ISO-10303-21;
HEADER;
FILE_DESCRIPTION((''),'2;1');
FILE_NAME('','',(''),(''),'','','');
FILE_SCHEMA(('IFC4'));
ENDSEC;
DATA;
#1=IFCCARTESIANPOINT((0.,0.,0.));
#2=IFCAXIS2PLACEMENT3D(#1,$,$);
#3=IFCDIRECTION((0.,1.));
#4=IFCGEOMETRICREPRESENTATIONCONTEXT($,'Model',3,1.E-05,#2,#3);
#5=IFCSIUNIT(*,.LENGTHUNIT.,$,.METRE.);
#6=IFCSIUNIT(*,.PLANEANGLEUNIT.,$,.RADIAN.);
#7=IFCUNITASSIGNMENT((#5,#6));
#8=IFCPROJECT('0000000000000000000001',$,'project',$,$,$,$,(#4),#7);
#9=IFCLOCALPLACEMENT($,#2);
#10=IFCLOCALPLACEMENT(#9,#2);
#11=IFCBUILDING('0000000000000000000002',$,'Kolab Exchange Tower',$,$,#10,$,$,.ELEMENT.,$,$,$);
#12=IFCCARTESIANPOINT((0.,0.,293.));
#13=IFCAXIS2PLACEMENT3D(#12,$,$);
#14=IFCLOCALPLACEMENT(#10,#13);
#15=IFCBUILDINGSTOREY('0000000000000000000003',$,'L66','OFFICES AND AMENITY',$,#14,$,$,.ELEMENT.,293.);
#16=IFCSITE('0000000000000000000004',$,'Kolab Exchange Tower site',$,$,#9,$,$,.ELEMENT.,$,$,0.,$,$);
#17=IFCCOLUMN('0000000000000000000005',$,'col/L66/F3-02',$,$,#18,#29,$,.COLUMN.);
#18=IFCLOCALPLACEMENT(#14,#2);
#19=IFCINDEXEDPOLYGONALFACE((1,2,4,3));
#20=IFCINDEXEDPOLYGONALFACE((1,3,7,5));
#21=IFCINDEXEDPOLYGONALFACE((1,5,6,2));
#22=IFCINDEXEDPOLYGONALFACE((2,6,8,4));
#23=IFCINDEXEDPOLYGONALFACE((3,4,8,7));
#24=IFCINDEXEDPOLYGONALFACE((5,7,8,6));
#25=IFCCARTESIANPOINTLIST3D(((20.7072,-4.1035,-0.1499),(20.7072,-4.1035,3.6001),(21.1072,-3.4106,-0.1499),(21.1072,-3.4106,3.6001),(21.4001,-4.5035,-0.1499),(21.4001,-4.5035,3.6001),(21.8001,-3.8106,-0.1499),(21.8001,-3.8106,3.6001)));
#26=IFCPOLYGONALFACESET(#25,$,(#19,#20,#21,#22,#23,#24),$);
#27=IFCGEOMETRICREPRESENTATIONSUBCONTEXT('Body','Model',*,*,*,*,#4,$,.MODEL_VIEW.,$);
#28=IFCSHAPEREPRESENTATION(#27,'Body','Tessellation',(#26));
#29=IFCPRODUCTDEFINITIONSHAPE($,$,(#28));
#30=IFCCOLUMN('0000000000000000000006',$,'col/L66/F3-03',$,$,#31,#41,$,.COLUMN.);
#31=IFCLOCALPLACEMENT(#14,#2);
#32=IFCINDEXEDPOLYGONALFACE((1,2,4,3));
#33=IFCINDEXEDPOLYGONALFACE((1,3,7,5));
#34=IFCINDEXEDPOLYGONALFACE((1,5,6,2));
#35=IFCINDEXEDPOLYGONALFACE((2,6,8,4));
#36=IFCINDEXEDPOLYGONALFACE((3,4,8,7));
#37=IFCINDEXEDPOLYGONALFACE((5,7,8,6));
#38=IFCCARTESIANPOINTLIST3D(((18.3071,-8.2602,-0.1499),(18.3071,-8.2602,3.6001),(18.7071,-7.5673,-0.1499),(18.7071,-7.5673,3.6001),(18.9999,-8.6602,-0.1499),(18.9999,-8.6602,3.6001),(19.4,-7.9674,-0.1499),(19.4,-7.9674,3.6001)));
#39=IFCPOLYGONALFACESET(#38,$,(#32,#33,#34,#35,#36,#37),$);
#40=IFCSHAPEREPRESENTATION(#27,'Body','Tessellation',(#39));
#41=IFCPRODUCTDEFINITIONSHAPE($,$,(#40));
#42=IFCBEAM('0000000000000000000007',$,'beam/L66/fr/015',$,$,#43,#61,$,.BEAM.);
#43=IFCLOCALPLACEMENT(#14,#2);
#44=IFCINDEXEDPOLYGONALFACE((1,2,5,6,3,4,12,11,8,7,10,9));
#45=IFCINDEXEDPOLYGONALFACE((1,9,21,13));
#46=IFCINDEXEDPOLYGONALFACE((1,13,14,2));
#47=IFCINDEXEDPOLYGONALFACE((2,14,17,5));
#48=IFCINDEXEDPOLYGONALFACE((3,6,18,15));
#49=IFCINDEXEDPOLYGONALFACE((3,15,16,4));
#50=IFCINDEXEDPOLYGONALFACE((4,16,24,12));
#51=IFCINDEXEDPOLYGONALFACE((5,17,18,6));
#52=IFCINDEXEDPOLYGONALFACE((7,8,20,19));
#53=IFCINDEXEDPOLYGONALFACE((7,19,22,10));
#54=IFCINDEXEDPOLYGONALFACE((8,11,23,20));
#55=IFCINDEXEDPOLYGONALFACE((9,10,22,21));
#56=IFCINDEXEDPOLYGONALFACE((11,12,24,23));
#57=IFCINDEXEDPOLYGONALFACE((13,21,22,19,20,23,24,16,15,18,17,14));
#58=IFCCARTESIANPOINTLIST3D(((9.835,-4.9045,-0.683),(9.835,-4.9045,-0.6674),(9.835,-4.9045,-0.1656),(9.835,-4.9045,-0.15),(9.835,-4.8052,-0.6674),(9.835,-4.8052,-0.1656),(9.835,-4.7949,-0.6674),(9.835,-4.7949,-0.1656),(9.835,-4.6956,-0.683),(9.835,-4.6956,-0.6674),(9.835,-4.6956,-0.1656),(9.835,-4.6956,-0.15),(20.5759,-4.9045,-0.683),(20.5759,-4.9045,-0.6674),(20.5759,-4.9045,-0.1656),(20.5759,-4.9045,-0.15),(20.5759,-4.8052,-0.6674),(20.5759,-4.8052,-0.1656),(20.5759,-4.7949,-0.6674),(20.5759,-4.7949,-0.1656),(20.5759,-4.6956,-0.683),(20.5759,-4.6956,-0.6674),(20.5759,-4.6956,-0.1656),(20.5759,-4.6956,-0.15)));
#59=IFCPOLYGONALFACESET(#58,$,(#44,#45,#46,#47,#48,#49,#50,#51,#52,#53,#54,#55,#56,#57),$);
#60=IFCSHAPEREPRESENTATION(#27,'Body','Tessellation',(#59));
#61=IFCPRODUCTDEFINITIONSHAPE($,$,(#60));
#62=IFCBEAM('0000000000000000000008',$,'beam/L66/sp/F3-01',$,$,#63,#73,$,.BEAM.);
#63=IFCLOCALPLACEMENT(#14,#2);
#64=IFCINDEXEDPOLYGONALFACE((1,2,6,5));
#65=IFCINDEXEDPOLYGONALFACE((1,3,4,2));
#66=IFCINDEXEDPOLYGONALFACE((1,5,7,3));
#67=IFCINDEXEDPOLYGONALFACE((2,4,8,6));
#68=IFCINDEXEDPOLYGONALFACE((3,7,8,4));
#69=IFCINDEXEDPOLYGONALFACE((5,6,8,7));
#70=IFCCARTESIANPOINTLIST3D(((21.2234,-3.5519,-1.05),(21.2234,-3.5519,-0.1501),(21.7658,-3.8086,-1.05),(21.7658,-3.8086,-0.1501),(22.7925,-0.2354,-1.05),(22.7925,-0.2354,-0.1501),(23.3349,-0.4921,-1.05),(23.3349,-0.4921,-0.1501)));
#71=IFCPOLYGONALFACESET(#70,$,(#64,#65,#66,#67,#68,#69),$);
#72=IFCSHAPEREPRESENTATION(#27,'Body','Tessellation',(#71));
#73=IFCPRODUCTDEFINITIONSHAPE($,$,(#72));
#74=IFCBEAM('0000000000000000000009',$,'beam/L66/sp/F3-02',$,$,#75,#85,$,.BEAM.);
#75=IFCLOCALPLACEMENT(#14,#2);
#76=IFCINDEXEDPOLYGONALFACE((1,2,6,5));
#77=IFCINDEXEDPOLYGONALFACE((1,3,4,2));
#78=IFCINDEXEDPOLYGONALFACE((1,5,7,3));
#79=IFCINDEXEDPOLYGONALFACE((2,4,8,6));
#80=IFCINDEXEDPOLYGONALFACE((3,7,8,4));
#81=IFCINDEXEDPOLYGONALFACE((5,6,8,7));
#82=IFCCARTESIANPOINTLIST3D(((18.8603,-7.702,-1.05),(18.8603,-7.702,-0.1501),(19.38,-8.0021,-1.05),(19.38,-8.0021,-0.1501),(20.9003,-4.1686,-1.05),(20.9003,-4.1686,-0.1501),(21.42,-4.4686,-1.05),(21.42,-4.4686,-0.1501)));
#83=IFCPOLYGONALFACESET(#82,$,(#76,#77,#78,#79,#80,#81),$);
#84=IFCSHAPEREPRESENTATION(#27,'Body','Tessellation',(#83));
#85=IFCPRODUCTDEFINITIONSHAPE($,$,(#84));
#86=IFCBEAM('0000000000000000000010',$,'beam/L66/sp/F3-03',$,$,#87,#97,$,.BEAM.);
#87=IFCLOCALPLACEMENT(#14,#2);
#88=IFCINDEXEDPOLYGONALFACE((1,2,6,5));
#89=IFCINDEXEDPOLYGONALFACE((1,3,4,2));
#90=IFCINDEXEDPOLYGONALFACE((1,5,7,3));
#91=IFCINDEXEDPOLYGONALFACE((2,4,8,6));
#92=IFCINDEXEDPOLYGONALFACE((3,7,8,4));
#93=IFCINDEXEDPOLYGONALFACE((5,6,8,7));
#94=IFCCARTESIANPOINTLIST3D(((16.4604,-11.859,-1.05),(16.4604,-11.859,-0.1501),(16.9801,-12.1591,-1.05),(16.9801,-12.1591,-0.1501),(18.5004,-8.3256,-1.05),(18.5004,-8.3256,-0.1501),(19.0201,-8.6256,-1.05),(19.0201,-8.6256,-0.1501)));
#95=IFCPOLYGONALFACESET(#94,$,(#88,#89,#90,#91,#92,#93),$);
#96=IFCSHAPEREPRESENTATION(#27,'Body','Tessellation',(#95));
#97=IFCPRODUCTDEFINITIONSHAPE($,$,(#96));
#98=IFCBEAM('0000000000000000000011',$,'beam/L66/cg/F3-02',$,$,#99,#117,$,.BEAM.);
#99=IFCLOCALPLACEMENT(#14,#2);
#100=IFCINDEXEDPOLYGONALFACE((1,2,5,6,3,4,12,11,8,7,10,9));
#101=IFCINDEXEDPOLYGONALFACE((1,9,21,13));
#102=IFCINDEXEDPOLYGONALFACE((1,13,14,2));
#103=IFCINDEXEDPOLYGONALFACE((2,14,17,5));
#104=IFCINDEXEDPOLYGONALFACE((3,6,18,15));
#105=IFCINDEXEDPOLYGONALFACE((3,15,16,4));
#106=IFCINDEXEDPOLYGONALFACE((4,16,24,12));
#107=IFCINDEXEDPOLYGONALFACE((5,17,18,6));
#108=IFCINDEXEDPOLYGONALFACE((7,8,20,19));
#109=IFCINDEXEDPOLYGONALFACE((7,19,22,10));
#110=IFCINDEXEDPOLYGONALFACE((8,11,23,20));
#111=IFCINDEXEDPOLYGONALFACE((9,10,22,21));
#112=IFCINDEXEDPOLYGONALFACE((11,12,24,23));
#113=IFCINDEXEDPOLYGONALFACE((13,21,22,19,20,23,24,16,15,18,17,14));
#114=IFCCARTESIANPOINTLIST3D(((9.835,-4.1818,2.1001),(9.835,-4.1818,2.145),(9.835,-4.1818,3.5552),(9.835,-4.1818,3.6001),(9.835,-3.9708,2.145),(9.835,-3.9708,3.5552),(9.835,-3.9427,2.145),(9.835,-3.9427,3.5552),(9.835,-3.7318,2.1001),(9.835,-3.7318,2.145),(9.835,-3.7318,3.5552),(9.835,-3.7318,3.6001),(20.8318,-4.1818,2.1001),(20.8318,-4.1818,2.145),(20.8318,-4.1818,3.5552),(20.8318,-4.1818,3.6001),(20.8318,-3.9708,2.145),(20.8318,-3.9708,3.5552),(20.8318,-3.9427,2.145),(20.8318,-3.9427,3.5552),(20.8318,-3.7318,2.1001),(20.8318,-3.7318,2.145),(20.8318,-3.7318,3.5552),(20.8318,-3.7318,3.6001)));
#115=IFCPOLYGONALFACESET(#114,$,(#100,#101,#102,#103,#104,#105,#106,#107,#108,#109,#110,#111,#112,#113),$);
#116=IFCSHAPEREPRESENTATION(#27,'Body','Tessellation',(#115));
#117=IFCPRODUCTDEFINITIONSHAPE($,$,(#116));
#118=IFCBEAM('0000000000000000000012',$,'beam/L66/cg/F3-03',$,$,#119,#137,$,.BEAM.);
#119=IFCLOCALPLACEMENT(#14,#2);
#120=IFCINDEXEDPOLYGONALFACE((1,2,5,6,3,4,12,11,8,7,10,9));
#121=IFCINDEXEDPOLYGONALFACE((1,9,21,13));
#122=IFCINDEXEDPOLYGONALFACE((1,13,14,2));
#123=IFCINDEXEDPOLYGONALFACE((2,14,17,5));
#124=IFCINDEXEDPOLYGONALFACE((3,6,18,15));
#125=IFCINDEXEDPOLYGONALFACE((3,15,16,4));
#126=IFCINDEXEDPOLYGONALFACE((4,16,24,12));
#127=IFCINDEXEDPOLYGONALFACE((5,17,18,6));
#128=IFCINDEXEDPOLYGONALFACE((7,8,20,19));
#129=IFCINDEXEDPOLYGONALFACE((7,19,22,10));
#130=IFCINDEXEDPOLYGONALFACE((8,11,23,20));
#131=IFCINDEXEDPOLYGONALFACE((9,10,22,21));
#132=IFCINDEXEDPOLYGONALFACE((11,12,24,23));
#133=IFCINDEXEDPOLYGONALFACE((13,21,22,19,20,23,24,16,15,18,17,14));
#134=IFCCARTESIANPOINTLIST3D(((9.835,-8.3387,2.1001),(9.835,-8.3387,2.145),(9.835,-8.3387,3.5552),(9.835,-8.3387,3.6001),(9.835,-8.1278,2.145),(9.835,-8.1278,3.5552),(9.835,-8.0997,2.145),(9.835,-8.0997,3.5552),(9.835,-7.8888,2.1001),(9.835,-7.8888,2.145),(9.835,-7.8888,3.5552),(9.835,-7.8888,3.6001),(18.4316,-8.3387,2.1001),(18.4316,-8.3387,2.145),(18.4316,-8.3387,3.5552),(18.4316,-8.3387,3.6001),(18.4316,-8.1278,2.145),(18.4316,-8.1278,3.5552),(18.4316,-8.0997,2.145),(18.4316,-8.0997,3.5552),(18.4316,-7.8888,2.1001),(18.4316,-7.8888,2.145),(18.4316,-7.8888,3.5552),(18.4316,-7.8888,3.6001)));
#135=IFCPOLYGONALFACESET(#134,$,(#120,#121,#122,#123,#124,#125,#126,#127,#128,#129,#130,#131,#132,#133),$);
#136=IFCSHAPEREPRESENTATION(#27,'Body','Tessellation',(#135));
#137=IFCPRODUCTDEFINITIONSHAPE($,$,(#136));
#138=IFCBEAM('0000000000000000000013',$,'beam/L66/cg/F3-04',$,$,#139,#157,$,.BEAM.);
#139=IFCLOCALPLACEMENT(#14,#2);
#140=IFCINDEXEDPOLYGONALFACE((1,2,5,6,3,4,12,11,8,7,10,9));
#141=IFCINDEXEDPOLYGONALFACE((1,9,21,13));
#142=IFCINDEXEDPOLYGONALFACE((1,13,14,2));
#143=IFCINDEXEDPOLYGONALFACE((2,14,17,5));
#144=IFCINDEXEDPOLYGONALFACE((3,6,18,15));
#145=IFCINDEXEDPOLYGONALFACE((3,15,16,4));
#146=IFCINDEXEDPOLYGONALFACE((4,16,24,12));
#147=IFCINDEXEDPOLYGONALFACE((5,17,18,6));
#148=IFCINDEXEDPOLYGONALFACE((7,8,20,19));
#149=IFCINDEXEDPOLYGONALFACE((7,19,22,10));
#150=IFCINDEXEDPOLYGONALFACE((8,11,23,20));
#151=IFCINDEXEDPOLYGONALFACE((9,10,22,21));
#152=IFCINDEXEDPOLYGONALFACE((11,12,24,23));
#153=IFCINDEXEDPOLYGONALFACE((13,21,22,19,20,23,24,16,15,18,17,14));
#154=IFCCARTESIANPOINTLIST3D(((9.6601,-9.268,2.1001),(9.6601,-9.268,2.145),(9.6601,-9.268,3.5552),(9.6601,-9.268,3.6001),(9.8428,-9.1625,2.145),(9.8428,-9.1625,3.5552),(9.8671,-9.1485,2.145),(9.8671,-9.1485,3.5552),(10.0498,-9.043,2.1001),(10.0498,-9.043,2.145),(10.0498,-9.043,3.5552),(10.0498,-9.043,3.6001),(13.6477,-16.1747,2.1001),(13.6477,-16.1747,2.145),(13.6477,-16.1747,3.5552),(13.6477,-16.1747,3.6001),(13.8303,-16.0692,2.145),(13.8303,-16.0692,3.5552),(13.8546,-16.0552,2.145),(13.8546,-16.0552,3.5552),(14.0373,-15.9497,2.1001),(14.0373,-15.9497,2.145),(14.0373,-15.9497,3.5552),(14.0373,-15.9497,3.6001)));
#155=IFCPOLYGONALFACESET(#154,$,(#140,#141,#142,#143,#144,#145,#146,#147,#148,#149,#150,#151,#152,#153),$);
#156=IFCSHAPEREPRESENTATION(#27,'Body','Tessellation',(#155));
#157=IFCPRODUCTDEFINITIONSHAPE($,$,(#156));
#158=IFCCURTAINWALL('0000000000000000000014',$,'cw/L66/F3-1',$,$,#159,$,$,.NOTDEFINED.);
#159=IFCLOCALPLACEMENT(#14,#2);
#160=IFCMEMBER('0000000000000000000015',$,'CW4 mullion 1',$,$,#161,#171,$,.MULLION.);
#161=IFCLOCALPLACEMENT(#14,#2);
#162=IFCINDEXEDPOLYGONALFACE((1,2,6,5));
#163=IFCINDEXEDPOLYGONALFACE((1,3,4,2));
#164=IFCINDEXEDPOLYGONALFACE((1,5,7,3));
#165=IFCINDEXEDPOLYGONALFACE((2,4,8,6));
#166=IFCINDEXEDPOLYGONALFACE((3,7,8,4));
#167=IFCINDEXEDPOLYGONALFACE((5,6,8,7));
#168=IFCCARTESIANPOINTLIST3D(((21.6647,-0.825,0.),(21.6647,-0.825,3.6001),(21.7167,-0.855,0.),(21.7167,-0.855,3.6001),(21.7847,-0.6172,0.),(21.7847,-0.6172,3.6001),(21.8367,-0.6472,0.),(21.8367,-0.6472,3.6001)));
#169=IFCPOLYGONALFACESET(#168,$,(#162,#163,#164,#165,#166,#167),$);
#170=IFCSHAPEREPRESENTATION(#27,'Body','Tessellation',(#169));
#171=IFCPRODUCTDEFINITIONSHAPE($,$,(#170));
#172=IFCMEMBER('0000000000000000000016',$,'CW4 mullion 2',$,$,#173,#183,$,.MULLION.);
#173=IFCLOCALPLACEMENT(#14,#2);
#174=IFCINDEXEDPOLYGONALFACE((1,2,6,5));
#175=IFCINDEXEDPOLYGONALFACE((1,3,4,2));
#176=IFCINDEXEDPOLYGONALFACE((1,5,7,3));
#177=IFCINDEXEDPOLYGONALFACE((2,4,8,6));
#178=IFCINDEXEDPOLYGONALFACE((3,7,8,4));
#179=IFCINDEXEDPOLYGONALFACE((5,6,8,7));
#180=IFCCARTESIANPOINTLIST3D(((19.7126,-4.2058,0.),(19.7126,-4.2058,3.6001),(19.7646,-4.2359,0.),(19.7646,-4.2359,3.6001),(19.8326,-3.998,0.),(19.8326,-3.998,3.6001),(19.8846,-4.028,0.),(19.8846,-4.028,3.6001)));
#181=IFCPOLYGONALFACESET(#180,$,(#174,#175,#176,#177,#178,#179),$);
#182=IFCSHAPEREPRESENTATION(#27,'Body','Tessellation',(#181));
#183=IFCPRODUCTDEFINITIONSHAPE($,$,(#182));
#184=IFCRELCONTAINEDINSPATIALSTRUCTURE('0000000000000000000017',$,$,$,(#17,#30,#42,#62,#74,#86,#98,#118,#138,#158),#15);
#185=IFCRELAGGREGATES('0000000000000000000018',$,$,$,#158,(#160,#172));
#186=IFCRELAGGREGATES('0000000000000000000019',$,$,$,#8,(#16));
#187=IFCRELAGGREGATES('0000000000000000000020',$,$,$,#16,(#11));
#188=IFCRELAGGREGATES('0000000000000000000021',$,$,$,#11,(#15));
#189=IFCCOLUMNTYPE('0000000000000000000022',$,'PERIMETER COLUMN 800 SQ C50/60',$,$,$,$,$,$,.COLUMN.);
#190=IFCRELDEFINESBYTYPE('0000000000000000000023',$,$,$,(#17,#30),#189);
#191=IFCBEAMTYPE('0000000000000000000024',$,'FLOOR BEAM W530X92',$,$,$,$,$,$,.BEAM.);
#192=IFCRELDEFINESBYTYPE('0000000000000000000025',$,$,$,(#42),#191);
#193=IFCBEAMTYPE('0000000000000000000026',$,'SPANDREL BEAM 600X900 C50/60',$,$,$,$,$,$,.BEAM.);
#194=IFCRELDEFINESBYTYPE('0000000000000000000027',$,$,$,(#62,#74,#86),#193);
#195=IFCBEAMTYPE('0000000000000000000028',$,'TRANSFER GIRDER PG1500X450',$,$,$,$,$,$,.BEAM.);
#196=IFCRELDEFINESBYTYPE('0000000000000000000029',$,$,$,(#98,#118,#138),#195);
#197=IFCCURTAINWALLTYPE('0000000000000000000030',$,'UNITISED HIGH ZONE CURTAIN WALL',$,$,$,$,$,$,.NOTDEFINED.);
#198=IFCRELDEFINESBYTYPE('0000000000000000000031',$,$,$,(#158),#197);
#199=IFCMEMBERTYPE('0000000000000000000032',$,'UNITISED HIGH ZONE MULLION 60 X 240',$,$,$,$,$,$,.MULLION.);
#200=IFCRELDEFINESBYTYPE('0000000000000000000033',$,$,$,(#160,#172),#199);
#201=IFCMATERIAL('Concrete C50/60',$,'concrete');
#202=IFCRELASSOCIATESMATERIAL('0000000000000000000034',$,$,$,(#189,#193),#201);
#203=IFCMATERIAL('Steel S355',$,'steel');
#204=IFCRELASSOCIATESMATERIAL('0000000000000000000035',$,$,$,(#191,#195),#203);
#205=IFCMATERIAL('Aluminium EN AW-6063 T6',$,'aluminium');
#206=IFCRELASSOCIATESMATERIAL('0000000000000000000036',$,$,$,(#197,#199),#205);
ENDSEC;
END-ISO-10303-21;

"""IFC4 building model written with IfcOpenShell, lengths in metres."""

from ifc_helpers import new_model, si_unit, direction, frame, origin, origin_2d, place, context, subcontext, project, spatial, rectangle, i_section, extrude, material, material_profile, profile_set, type_object, element, aggregate, save


model = new_model("IFC4")

# Units and contexts
model_context = context("Model", 3, precision=1e-05, world=origin(), true_north=direction((0.0, 1.0)))
body_context = subcontext(model_context, "Body", "Model", "MODEL_VIEW")
ifc_project = project(units=[si_unit("LENGTHUNIT", "METRE"), si_unit("PLANEANGLEUNIT", "RADIAN")], contexts=[model_context])

# Site, building, storey
site_placement = place(None, origin())
site = spatial("IfcSite", under=ifc_project, at=site_placement, Name="Kolab Exchange Tower site", CompositionType="ELEMENT", RefElevation=0.0)
building_placement = place(site_placement, origin())
building = spatial("IfcBuilding", under=site, at=building_placement, Name="Kolab Exchange Tower", CompositionType="ELEMENT")
storey_placement = place(building_placement, frame((0.0, 0.0, 293.0)))
storey = spatial("IfcBuildingStorey", under=building, at=storey_placement, Name="L66", Description="OFFICES AND AMENITY", CompositionType="ELEMENT", Elevation=293.0)

# Columns
ifc_material_1 = material(Name="Concrete C50/60", Category="concrete")
ifc_material_profile_1 = material_profile(ifc_material_1, rectangle(XDim=0.8, YDim=0.8, at=origin_2d()), Name="RC800")
ifc_profile_set_1 = profile_set([ifc_material_profile_1], Name="Concrete C50/60")
column_type = type_object("IfcColumnType", Name="PERIMETER COLUMN 800 SQ C50/60", PredefinedType="COLUMN", material=ifc_profile_set_1)
for number, where, z_axis, x_axis, name in (
    (1, (21.2537, -3.957, -0.1499), (0.0, 0.0, 1.0), (0.5, 0.866025, 0.0), "col/L66/F3-02"),
    (2, (18.8535, -8.1138, -0.1499), (0.0, 0.0, 1.0), (0.5, 0.866025, 0.0), "col/L66/F3-03"),
):
    element("IfcColumn", number, at=place(storey_placement, frame(where, z_axis=z_axis, x_axis=x_axis)), inside=storey, type_object=column_type, Name=name, PredefinedType="COLUMN", context=body_context, shape_type="SweptSolid", body=[
        extrude(rectangle(XDim=0.8, YDim=0.8, at=origin_2d()), origin(), (0.0, 0.0, 1.0), 3.75),
    ])

# Beams
ifc_material_2 = material(Name="Steel S355", Category="steel")
ifc_material_profile_2 = material_profile(ifc_material_2, i_section(OverallWidth=0.209, OverallDepth=0.533, WebThickness=0.0103, FlangeThickness=0.0156, at=origin_2d()), Name="W530X92")
ifc_profile_set_2 = profile_set([ifc_material_profile_2], Name="Steel S355")
beam_type_1 = type_object("IfcBeamType", Name="FLOOR BEAM W530X92", PredefinedType="BEAM", material=ifc_profile_set_2)
beam_1_placement = place(storey_placement, frame((9.835, -4.8, -0.4165), z_axis=(1.0, 0.0, 0.0), x_axis=(0.0, 1.0, 0.0)))
element("IfcBeam", 3, at=beam_1_placement, inside=storey, type_object=beam_type_1, Name="beam/L66/fr/015", PredefinedType="BEAM", context=body_context, shape_type="SweptSolid", body=[
    extrude(i_section(OverallWidth=0.209, OverallDepth=0.533, WebThickness=0.0103, FlangeThickness=0.0156, at=origin_2d()), origin(), (0.0, 0.0, 1.0), 10.741),
])
ifc_material_profile_3 = material_profile(ifc_material_1, rectangle(XDim=0.6001, YDim=0.8999, at=origin_2d()), Name="RC600X900")
ifc_profile_set_3 = profile_set([ifc_material_profile_3], Name="Concrete C50/60")
beam_type_2 = type_object("IfcBeamType", Name="SPANDREL BEAM 600X900 C50/60", PredefinedType="BEAM", material=ifc_profile_set_3)
beam_2_placement = place(storey_placement, frame((23.0637, -0.3638, -0.6001), z_axis=(-0.427677, -0.903932, 0.0), x_axis=(0.903932, -0.427677, 0.0)))
element("IfcBeam", 4, at=beam_2_placement, inside=storey, type_object=beam_type_2, Name="beam/L66/sp/F3-01", PredefinedType="BEAM", context=body_context, shape_type="SweptSolid", body=[
    extrude(rectangle(XDim=0.6001, YDim=0.8999, at=origin_2d()), origin(), (0.0, 0.0, 1.0), 3.6689),
])
for number, where, z_axis, x_axis, name in (
    (5, (21.1602, -4.3186, -0.6001), (-0.5, -0.866025, 0.0), (0.866025, -0.5, 0.0), "beam/L66/sp/F3-02"),
    (6, (18.7603, -8.4756, -0.6001), (-0.5, -0.866025, 0.0), (0.866025, -0.5, 0.0), "beam/L66/sp/F3-03"),
):
    element("IfcBeam", number, at=place(storey_placement, frame(where, z_axis=z_axis, x_axis=x_axis)), inside=storey, type_object=beam_type_2, Name=name, PredefinedType="BEAM", context=body_context, shape_type="SweptSolid", body=[
        extrude(rectangle(XDim=0.6001, YDim=0.8999, at=origin_2d()), origin(), (0.0, 0.0, 1.0), 4.0801),
    ])
ifc_material_profile_4 = material_profile(ifc_material_2, i_section(OverallWidth=0.45, OverallDepth=1.5, WebThickness=0.0281, FlangeThickness=0.0449, at=origin_2d()), Name="PG1500X450")
ifc_profile_set_4 = profile_set([ifc_material_profile_4], Name="Steel S355")
beam_type_3 = type_object("IfcBeamType", Name="TRANSFER GIRDER PG1500X450", PredefinedType="BEAM", material=ifc_profile_set_4)
beam_3_placement = place(storey_placement, frame((9.835, -3.9568, 2.8501), z_axis=(1.0, 0.0, 0.0), x_axis=(0.0, 1.0, 0.0)))
element("IfcBeam", 7, at=beam_3_placement, inside=storey, type_object=beam_type_3, Name="beam/L66/cg/F3-02", PredefinedType="BEAM", context=body_context, shape_type="SweptSolid", body=[
    extrude(i_section(OverallWidth=0.45, OverallDepth=1.5, WebThickness=0.0281, FlangeThickness=0.0449, at=origin_2d()), origin(), (0.0, 0.0, 1.0), 10.9968),
])
beam_4_placement = place(storey_placement, frame((9.835, -8.1138, 2.8501), z_axis=(1.0, 0.0, 0.0), x_axis=(0.0, 1.0, 0.0)))
element("IfcBeam", 8, at=beam_4_placement, inside=storey, type_object=beam_type_3, Name="beam/L66/cg/F3-03", PredefinedType="BEAM", context=body_context, shape_type="SweptSolid", body=[
    extrude(i_section(OverallWidth=0.45, OverallDepth=1.5, WebThickness=0.0281, FlangeThickness=0.0449, at=origin_2d()), origin(), (0.0, 0.0, 1.0), 8.5967),
])
beam_5_placement = place(storey_placement, frame((9.855, -9.1555, 2.8501), z_axis=(0.499995, -0.866029, 0.0), x_axis=(0.866029, 0.499995, 0.0)))
element("IfcBeam", 9, at=beam_5_placement, inside=storey, type_object=beam_type_3, Name="beam/L66/cg/F3-04", PredefinedType="BEAM", context=body_context, shape_type="SweptSolid", body=[
    extrude(i_section(OverallWidth=0.45, OverallDepth=1.5, WebThickness=0.0281, FlangeThickness=0.0449, at=origin_2d()), origin(), (0.0, 0.0, 1.0), 7.9751),
])

# Curtain wall, members
ifc_material_3 = material(Name="Aluminium EN AW-6063 T6", Category="aluminium")
curtain_wall_type = type_object("IfcCurtainWallType", Name="UNITISED HIGH ZONE CURTAIN WALL", PredefinedType="NOTDEFINED", material=ifc_material_3)
curtain_wall_1_placement = place(storey_placement, origin())
curtain_wall_1 = element("IfcCurtainWall", 10, at=curtain_wall_1_placement, inside=storey, type_object=curtain_wall_type, Name="cw/L66/F3-1", PredefinedType="NOTDEFINED")
ifc_material_profile_5 = material_profile(ifc_material_3, rectangle(XDim=0.0601, YDim=0.24, at=origin_2d()), Name="RECT 60X240")
ifc_profile_set_5 = profile_set([ifc_material_profile_5], Name="Aluminium EN AW-6063 T6")
member_type_1 = type_object("IfcMemberType", Name="UNITISED HIGH ZONE MULLION 60 X 240", PredefinedType="MULLION", material=ifc_profile_set_5)
member_1_placement = place(storey_placement, frame((21.7507, -0.7361, 0.0), z_axis=(0.0, 0.0, 1.0), x_axis=(0.866025, -0.5, 0.0)))
member_1 = element("IfcMember", 11, at=member_1_placement, type_object=member_type_1, Name="CW4 mullion 1", PredefinedType="MULLION", context=body_context, shape_type="SweptSolid", body=[
    extrude(rectangle(XDim=0.0601, YDim=0.24, at=origin_2d()), origin(), (0.0, 0.0, 1.0), 3.6001),
])
member_2_placement = place(storey_placement, frame((19.7986, -4.1169, 0.0), z_axis=(0.0, 0.0, 1.0), x_axis=(0.866025, -0.5, 0.0)))
member_2 = element("IfcMember", 12, at=member_2_placement, type_object=member_type_1, Name="CW4 mullion 2", PredefinedType="MULLION", context=body_context, shape_type="SweptSolid", body=[
    extrude(rectangle(XDim=0.0601, YDim=0.24, at=origin_2d()), origin(), (0.0, 0.0, 1.0), 3.6001),
])

aggregate(curtain_wall_1, [member_1, member_2])

save(model, "model.ifc")
